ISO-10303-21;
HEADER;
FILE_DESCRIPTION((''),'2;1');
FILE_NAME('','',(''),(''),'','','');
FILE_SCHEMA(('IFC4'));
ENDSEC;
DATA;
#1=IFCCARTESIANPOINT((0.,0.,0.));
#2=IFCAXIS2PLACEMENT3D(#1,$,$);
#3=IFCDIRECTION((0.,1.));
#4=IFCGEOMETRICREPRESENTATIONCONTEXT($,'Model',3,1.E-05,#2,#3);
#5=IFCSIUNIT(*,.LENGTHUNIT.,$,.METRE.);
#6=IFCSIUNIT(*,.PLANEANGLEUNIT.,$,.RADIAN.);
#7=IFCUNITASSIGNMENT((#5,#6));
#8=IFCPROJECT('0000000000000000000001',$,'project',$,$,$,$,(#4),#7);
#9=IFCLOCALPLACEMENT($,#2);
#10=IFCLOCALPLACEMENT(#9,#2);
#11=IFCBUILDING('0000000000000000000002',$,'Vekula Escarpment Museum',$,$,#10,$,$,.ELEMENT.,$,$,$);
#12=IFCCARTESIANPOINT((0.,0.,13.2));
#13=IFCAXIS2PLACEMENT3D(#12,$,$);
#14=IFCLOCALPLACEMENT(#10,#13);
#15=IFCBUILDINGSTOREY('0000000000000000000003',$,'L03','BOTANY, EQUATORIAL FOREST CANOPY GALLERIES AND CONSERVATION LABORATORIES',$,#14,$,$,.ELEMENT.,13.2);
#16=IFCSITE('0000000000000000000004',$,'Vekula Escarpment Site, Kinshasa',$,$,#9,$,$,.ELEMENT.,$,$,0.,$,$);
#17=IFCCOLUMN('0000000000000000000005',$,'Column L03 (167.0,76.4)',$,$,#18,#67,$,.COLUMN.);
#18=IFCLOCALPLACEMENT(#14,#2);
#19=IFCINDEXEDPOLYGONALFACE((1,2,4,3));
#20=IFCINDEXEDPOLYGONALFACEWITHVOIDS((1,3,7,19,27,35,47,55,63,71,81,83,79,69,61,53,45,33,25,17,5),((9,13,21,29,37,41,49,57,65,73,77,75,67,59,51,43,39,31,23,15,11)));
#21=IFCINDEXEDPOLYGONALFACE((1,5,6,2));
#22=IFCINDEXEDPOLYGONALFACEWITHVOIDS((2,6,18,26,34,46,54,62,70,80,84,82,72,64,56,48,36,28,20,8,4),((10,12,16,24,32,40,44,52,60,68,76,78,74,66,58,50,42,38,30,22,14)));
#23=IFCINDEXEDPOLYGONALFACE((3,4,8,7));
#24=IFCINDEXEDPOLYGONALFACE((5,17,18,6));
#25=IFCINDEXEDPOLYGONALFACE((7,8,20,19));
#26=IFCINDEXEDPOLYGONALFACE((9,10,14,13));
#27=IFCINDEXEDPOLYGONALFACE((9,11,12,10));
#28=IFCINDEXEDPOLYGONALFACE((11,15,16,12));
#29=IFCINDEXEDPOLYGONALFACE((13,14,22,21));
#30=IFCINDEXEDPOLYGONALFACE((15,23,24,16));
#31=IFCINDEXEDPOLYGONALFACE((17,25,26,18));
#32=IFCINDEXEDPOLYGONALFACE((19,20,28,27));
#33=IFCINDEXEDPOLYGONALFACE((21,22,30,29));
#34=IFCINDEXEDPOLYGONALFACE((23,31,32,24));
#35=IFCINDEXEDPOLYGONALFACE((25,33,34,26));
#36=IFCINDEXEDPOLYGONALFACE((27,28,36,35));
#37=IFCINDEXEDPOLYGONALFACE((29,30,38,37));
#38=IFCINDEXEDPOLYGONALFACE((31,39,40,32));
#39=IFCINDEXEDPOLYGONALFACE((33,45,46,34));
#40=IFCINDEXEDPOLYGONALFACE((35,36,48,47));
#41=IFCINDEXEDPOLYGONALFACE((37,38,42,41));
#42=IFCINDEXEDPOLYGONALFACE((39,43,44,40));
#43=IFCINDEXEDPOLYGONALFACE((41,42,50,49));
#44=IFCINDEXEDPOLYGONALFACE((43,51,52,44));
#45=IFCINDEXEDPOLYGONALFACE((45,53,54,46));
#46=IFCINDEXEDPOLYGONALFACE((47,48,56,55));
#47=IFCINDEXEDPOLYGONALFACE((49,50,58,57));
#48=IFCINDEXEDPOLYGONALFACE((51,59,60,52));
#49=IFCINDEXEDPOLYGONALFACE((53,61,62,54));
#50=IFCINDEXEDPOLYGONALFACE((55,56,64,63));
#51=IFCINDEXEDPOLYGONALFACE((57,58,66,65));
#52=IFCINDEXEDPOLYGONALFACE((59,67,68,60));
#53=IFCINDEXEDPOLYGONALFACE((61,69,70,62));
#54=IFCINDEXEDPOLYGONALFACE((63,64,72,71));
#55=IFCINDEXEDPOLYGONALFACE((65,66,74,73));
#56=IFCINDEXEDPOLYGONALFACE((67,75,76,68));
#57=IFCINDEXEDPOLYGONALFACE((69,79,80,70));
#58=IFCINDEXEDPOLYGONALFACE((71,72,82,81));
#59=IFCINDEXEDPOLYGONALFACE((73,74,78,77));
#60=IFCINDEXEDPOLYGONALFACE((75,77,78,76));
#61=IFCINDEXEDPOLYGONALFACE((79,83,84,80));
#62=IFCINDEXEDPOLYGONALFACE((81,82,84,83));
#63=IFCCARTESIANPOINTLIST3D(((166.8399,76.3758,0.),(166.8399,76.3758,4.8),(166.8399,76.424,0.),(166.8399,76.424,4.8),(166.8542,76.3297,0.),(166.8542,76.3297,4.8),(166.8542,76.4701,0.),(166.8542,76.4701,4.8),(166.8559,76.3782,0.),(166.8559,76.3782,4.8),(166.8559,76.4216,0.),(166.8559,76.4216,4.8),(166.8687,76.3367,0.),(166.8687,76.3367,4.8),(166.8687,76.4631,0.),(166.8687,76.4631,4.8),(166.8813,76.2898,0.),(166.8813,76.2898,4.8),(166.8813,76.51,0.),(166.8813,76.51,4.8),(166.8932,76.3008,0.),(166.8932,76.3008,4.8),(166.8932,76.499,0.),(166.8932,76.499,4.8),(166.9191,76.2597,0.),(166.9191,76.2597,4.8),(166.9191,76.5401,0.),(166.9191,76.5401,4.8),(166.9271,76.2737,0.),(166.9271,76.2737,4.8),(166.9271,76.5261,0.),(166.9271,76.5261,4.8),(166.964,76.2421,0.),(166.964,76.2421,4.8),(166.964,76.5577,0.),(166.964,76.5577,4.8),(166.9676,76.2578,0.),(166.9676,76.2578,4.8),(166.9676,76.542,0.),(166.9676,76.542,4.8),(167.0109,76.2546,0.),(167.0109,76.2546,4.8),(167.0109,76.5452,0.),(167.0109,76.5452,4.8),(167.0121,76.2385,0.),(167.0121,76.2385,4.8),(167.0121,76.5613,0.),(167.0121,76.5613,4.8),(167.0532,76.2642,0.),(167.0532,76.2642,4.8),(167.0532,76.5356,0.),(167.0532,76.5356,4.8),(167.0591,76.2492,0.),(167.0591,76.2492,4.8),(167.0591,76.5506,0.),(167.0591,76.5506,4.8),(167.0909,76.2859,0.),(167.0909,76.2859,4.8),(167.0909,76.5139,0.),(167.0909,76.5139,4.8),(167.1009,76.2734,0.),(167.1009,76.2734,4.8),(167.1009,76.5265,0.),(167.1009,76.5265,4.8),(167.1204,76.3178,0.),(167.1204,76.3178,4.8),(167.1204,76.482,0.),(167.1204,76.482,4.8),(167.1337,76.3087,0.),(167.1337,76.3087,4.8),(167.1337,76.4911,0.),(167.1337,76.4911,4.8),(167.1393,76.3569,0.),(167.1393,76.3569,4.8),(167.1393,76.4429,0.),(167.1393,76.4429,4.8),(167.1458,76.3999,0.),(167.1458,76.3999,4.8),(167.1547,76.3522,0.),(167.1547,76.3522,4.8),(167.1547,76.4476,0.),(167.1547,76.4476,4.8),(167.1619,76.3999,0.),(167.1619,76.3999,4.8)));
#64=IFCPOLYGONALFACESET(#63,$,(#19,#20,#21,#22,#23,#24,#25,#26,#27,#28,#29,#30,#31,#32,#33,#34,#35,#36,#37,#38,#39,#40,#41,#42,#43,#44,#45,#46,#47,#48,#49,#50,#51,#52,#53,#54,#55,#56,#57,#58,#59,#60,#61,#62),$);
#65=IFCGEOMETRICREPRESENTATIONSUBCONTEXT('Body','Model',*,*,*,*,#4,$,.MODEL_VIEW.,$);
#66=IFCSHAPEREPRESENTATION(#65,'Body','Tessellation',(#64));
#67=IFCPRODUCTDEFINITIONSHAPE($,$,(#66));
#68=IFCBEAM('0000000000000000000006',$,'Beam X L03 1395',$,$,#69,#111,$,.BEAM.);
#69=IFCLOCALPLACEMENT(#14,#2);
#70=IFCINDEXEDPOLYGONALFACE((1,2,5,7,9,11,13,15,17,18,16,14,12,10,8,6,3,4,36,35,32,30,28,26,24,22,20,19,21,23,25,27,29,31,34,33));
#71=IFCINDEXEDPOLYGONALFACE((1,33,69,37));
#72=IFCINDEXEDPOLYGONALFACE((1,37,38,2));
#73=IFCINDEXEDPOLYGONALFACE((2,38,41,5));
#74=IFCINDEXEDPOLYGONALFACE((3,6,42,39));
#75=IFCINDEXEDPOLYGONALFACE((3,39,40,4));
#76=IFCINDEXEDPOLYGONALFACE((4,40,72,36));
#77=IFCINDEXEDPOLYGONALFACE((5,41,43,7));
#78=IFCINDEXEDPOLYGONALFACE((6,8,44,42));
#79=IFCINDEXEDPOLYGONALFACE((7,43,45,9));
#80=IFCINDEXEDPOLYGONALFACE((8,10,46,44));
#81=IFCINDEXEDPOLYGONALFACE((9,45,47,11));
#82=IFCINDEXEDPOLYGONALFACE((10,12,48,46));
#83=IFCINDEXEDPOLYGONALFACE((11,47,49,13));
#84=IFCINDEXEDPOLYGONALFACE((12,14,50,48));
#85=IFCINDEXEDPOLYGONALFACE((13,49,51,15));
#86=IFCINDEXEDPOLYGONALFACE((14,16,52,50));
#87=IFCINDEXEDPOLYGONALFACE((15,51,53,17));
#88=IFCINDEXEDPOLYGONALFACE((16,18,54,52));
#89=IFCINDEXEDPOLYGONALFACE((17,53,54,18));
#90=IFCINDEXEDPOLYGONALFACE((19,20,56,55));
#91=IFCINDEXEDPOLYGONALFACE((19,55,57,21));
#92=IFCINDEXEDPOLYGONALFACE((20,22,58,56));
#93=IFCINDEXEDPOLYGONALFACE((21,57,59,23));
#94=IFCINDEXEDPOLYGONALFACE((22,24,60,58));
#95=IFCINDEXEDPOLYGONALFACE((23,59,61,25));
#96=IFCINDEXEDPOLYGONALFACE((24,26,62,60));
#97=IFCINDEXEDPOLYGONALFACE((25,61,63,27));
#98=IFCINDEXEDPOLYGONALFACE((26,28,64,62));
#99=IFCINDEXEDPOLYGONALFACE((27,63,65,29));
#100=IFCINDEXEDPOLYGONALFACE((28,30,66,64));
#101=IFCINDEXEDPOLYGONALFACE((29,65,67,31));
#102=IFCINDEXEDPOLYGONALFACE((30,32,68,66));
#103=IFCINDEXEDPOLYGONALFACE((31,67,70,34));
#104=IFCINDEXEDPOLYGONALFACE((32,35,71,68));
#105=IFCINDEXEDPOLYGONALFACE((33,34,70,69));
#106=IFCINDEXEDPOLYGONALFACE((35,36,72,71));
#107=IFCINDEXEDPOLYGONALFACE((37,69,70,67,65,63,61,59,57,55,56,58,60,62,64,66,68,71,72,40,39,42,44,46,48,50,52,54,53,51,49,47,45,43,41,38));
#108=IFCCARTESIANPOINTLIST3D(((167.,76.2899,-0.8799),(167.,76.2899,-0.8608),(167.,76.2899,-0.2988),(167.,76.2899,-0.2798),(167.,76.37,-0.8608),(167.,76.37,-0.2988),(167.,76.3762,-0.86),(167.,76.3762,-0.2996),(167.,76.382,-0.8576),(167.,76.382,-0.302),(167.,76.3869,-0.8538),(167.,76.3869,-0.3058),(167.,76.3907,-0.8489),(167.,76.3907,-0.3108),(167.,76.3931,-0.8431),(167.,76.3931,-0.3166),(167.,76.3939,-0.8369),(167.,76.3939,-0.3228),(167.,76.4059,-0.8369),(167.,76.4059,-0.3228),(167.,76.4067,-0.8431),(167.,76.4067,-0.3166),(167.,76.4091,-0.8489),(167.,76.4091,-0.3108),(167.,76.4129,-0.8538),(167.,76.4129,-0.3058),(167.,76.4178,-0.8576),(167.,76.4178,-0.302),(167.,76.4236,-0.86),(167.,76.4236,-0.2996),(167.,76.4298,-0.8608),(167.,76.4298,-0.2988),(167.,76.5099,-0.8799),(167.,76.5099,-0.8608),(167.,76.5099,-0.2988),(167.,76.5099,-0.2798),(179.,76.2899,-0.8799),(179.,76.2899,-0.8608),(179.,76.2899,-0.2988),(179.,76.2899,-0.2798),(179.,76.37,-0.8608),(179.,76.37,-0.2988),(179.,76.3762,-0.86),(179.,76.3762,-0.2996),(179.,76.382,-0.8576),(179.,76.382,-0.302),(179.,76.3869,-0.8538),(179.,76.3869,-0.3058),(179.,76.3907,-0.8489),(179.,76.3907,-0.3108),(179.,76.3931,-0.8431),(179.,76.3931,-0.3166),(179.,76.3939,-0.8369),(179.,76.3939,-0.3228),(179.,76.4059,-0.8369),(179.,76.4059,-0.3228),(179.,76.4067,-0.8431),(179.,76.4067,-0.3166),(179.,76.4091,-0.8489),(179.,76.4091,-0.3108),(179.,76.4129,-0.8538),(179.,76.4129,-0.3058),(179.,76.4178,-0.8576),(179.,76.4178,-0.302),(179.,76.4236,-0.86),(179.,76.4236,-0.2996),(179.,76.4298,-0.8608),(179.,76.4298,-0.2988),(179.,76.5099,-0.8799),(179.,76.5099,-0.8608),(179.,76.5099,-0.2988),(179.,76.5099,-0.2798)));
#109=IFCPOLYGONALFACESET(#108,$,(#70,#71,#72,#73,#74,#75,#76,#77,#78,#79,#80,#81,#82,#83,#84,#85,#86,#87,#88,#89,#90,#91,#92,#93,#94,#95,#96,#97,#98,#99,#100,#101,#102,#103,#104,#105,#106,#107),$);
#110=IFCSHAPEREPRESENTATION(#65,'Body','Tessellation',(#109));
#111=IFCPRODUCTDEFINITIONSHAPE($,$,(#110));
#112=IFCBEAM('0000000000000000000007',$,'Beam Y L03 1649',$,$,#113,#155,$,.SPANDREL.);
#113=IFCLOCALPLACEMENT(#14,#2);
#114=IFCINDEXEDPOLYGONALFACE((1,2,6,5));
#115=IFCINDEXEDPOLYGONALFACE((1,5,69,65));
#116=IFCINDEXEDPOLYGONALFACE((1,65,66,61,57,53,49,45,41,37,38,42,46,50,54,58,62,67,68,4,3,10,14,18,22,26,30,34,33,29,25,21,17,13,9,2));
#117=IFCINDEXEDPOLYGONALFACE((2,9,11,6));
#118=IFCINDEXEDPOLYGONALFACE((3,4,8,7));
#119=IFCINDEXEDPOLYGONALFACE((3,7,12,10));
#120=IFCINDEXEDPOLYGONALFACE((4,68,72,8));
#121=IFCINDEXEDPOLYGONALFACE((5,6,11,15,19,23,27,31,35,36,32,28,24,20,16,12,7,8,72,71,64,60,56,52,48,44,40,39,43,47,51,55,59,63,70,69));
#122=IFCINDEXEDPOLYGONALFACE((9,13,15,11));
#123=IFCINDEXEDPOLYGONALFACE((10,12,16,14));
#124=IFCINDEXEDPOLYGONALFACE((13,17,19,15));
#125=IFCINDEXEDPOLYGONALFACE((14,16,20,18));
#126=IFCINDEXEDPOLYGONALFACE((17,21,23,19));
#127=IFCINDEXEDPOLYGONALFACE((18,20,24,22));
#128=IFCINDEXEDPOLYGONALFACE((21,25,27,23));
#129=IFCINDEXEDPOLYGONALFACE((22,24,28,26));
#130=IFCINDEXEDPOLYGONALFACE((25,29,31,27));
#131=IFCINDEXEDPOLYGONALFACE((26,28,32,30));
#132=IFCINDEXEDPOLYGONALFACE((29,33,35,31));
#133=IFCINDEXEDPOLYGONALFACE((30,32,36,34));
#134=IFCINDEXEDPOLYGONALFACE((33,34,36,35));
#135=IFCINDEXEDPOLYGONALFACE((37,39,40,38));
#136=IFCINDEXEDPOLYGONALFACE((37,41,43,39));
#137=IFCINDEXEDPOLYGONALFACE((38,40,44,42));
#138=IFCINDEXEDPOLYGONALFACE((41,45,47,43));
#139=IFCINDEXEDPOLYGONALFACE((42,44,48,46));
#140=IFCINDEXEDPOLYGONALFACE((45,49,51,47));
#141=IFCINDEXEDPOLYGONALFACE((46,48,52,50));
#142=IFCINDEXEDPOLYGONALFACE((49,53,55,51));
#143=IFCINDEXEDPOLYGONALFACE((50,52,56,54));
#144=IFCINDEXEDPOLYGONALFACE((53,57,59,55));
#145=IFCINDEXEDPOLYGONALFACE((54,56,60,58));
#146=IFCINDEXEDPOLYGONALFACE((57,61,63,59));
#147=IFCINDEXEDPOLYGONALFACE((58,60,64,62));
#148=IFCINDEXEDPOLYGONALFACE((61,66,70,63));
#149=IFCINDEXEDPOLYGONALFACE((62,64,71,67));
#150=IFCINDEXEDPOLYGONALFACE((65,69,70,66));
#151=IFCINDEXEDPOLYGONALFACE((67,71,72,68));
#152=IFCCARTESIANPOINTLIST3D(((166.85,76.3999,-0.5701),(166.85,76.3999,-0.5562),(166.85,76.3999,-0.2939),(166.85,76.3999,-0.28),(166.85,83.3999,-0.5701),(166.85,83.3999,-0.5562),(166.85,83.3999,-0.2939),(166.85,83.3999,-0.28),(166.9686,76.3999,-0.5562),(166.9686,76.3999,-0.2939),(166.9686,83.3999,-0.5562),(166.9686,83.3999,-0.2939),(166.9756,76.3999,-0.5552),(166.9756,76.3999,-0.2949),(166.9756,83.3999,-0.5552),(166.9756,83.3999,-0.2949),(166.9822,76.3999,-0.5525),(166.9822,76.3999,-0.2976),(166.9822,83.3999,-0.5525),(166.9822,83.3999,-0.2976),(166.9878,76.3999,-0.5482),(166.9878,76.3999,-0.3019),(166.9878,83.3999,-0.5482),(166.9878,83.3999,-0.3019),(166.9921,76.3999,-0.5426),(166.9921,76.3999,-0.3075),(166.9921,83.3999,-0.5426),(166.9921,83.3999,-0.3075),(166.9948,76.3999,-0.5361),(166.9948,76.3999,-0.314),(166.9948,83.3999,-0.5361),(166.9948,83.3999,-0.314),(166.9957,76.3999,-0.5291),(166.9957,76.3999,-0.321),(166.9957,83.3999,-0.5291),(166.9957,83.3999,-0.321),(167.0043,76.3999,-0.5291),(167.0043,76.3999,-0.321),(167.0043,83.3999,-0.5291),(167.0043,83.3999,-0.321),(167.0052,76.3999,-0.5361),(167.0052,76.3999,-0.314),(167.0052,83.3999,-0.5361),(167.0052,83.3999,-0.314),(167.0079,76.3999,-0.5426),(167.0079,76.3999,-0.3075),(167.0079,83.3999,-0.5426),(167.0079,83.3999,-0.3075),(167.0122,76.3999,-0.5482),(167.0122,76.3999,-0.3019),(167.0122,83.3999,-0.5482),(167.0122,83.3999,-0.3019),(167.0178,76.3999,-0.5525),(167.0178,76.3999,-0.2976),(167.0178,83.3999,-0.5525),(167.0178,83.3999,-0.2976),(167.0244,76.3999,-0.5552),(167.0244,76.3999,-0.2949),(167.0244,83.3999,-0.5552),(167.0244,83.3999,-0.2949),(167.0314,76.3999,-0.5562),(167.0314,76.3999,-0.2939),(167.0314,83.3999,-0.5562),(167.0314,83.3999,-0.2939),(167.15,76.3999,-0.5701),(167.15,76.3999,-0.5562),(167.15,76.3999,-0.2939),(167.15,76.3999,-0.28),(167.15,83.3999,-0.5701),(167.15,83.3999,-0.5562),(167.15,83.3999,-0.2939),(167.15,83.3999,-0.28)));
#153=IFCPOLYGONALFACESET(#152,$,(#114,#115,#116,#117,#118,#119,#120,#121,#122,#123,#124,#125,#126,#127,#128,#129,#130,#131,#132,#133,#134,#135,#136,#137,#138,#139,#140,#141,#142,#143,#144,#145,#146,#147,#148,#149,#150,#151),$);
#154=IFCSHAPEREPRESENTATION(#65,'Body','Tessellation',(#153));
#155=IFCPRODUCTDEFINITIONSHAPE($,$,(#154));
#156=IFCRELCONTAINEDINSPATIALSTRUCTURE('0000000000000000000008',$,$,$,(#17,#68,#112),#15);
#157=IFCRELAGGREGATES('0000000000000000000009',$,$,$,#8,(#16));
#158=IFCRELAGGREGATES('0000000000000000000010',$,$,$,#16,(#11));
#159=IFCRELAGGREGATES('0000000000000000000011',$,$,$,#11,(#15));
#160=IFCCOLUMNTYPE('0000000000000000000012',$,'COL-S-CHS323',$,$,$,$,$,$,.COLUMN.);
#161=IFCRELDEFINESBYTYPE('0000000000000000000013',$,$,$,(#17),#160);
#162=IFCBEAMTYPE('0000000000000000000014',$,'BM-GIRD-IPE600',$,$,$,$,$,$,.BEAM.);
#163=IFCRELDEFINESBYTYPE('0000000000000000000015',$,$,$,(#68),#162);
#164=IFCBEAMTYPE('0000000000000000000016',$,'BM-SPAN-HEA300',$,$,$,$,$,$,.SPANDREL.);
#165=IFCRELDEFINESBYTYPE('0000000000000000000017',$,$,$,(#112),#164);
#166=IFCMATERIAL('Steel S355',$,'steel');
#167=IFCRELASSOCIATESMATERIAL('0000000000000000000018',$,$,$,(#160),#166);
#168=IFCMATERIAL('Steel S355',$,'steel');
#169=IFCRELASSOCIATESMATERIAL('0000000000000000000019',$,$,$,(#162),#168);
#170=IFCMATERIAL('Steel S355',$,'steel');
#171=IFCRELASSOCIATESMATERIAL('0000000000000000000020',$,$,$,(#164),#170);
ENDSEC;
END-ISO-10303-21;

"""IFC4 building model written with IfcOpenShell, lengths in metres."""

from ifc_helpers import new_model, si_unit, direction, frame, origin, origin_2d, place, context, subcontext, project, spatial, hollow_circle, i_section, extrude, material, material_profile, profile_set, type_object, element, save


model = new_model("IFC4")

# Units and contexts
model_context = context("Model", 3, precision=1e-05, world=origin(), true_north=direction((0.0, 1.0)))
body_context = subcontext(model_context, "Body", "Model", "MODEL_VIEW")
ifc_project = project(units=[si_unit("LENGTHUNIT", "METRE"), si_unit("PLANEANGLEUNIT", "RADIAN")], contexts=[model_context])

# Site, building, storey
site_placement = place(None, origin())
site = spatial("IfcSite", under=ifc_project, at=site_placement, Name="Vekula Escarpment Site, Kinshasa", CompositionType="ELEMENT", RefElevation=0.0)
building_placement = place(site_placement, origin())
building = spatial("IfcBuilding", under=site, at=building_placement, Name="Vekula Escarpment Museum", CompositionType="ELEMENT")
storey_placement = place(building_placement, frame((0.0, 0.0, 13.2)))
storey = spatial("IfcBuildingStorey", under=building, at=storey_placement, Name="L03", Description="BOTANY, EQUATORIAL FOREST CANOPY GALLERIES AND CONSERVATION LABORATORIES", CompositionType="ELEMENT", Elevation=13.2)

# Column
ifc_material_1 = material(Name="Steel S355", Category="steel")
ifc_material_profile_1 = material_profile(ifc_material_1, hollow_circle(Radius=0.1619, WallThickness=0.0161, at=origin_2d()), Name="CHS 323.9x16")
ifc_profile_set_1 = profile_set([ifc_material_profile_1], Name="Steel S355")
column_type = type_object("IfcColumnType", Name="COL-S-CHS323", PredefinedType="COLUMN", material=ifc_profile_set_1)
column_placement = place(storey_placement, frame((167.0, 76.3999, 0.0), z_axis=(0.0, 0.0, 1.0), x_axis=(1.0, 0.0, 0.0)))
element("IfcColumn", 1, at=column_placement, inside=storey, type_object=column_type, Name="Column L03 (167.0,76.4)", PredefinedType="COLUMN", context=body_context, shape_type="SweptSolid", body=[
    extrude(hollow_circle(Radius=0.1619, WallThickness=0.0161, at=origin_2d()), origin(), (0.0, 0.0, 1.0), 4.8),
])

# Beams
ifc_material_2 = material(Name="Steel S355", Category="steel")
ifc_material_profile_2 = material_profile(ifc_material_2, i_section(OverallWidth=0.22, OverallDepth=0.6001, WebThickness=0.012, FlangeThickness=0.019, FilletRadius=0.0239, at=origin_2d()), Name="IPE 600")
ifc_profile_set_2 = profile_set([ifc_material_profile_2], Name="Steel S355")
beam_type_1 = type_object("IfcBeamType", Name="BM-GIRD-IPE600", PredefinedType="BEAM", material=ifc_profile_set_2)
beam_1_placement = place(storey_placement, frame((167.0, 76.3999, -0.5798), z_axis=(1.0, 0.0, 0.0), x_axis=(0.0, 1.0, 0.0)))
element("IfcBeam", 2, at=beam_1_placement, inside=storey, type_object=beam_type_1, Name="Beam X L03 1395", PredefinedType="BEAM", context=body_context, shape_type="SweptSolid", body=[
    extrude(i_section(OverallWidth=0.22, OverallDepth=0.6001, WebThickness=0.012, FlangeThickness=0.019, FilletRadius=0.0239, at=origin_2d()), origin(), (0.0, 0.0, 1.0), 12.0),
])
ifc_material_3 = material(Name="Steel S355", Category="steel")
ifc_material_profile_3 = material_profile(ifc_material_3, i_section(OverallWidth=0.3, OverallDepth=0.29, WebThickness=0.0085, FlangeThickness=0.0139, FilletRadius=0.0271, at=origin_2d()), Name="HEA 300")
ifc_profile_set_3 = profile_set([ifc_material_profile_3], Name="Steel S355")
beam_type_2 = type_object("IfcBeamType", Name="BM-SPAN-HEA300", PredefinedType="SPANDREL", material=ifc_profile_set_3)
beam_2_placement = place(storey_placement, frame((167.0, 76.3999, -0.425), z_axis=(0.0, 1.0, 0.0), x_axis=(-1.0, 0.0, 0.0)))
element("IfcBeam", 3, at=beam_2_placement, inside=storey, type_object=beam_type_2, Name="Beam Y L03 1649", PredefinedType="SPANDREL", context=body_context, shape_type="SweptSolid", body=[
    extrude(i_section(OverallWidth=0.3, OverallDepth=0.29, WebThickness=0.0085, FlangeThickness=0.0139, FilletRadius=0.0271, at=origin_2d()), origin(), (0.0, 0.0, 1.0), 7.0),
])

save(model, "model.ifc")
